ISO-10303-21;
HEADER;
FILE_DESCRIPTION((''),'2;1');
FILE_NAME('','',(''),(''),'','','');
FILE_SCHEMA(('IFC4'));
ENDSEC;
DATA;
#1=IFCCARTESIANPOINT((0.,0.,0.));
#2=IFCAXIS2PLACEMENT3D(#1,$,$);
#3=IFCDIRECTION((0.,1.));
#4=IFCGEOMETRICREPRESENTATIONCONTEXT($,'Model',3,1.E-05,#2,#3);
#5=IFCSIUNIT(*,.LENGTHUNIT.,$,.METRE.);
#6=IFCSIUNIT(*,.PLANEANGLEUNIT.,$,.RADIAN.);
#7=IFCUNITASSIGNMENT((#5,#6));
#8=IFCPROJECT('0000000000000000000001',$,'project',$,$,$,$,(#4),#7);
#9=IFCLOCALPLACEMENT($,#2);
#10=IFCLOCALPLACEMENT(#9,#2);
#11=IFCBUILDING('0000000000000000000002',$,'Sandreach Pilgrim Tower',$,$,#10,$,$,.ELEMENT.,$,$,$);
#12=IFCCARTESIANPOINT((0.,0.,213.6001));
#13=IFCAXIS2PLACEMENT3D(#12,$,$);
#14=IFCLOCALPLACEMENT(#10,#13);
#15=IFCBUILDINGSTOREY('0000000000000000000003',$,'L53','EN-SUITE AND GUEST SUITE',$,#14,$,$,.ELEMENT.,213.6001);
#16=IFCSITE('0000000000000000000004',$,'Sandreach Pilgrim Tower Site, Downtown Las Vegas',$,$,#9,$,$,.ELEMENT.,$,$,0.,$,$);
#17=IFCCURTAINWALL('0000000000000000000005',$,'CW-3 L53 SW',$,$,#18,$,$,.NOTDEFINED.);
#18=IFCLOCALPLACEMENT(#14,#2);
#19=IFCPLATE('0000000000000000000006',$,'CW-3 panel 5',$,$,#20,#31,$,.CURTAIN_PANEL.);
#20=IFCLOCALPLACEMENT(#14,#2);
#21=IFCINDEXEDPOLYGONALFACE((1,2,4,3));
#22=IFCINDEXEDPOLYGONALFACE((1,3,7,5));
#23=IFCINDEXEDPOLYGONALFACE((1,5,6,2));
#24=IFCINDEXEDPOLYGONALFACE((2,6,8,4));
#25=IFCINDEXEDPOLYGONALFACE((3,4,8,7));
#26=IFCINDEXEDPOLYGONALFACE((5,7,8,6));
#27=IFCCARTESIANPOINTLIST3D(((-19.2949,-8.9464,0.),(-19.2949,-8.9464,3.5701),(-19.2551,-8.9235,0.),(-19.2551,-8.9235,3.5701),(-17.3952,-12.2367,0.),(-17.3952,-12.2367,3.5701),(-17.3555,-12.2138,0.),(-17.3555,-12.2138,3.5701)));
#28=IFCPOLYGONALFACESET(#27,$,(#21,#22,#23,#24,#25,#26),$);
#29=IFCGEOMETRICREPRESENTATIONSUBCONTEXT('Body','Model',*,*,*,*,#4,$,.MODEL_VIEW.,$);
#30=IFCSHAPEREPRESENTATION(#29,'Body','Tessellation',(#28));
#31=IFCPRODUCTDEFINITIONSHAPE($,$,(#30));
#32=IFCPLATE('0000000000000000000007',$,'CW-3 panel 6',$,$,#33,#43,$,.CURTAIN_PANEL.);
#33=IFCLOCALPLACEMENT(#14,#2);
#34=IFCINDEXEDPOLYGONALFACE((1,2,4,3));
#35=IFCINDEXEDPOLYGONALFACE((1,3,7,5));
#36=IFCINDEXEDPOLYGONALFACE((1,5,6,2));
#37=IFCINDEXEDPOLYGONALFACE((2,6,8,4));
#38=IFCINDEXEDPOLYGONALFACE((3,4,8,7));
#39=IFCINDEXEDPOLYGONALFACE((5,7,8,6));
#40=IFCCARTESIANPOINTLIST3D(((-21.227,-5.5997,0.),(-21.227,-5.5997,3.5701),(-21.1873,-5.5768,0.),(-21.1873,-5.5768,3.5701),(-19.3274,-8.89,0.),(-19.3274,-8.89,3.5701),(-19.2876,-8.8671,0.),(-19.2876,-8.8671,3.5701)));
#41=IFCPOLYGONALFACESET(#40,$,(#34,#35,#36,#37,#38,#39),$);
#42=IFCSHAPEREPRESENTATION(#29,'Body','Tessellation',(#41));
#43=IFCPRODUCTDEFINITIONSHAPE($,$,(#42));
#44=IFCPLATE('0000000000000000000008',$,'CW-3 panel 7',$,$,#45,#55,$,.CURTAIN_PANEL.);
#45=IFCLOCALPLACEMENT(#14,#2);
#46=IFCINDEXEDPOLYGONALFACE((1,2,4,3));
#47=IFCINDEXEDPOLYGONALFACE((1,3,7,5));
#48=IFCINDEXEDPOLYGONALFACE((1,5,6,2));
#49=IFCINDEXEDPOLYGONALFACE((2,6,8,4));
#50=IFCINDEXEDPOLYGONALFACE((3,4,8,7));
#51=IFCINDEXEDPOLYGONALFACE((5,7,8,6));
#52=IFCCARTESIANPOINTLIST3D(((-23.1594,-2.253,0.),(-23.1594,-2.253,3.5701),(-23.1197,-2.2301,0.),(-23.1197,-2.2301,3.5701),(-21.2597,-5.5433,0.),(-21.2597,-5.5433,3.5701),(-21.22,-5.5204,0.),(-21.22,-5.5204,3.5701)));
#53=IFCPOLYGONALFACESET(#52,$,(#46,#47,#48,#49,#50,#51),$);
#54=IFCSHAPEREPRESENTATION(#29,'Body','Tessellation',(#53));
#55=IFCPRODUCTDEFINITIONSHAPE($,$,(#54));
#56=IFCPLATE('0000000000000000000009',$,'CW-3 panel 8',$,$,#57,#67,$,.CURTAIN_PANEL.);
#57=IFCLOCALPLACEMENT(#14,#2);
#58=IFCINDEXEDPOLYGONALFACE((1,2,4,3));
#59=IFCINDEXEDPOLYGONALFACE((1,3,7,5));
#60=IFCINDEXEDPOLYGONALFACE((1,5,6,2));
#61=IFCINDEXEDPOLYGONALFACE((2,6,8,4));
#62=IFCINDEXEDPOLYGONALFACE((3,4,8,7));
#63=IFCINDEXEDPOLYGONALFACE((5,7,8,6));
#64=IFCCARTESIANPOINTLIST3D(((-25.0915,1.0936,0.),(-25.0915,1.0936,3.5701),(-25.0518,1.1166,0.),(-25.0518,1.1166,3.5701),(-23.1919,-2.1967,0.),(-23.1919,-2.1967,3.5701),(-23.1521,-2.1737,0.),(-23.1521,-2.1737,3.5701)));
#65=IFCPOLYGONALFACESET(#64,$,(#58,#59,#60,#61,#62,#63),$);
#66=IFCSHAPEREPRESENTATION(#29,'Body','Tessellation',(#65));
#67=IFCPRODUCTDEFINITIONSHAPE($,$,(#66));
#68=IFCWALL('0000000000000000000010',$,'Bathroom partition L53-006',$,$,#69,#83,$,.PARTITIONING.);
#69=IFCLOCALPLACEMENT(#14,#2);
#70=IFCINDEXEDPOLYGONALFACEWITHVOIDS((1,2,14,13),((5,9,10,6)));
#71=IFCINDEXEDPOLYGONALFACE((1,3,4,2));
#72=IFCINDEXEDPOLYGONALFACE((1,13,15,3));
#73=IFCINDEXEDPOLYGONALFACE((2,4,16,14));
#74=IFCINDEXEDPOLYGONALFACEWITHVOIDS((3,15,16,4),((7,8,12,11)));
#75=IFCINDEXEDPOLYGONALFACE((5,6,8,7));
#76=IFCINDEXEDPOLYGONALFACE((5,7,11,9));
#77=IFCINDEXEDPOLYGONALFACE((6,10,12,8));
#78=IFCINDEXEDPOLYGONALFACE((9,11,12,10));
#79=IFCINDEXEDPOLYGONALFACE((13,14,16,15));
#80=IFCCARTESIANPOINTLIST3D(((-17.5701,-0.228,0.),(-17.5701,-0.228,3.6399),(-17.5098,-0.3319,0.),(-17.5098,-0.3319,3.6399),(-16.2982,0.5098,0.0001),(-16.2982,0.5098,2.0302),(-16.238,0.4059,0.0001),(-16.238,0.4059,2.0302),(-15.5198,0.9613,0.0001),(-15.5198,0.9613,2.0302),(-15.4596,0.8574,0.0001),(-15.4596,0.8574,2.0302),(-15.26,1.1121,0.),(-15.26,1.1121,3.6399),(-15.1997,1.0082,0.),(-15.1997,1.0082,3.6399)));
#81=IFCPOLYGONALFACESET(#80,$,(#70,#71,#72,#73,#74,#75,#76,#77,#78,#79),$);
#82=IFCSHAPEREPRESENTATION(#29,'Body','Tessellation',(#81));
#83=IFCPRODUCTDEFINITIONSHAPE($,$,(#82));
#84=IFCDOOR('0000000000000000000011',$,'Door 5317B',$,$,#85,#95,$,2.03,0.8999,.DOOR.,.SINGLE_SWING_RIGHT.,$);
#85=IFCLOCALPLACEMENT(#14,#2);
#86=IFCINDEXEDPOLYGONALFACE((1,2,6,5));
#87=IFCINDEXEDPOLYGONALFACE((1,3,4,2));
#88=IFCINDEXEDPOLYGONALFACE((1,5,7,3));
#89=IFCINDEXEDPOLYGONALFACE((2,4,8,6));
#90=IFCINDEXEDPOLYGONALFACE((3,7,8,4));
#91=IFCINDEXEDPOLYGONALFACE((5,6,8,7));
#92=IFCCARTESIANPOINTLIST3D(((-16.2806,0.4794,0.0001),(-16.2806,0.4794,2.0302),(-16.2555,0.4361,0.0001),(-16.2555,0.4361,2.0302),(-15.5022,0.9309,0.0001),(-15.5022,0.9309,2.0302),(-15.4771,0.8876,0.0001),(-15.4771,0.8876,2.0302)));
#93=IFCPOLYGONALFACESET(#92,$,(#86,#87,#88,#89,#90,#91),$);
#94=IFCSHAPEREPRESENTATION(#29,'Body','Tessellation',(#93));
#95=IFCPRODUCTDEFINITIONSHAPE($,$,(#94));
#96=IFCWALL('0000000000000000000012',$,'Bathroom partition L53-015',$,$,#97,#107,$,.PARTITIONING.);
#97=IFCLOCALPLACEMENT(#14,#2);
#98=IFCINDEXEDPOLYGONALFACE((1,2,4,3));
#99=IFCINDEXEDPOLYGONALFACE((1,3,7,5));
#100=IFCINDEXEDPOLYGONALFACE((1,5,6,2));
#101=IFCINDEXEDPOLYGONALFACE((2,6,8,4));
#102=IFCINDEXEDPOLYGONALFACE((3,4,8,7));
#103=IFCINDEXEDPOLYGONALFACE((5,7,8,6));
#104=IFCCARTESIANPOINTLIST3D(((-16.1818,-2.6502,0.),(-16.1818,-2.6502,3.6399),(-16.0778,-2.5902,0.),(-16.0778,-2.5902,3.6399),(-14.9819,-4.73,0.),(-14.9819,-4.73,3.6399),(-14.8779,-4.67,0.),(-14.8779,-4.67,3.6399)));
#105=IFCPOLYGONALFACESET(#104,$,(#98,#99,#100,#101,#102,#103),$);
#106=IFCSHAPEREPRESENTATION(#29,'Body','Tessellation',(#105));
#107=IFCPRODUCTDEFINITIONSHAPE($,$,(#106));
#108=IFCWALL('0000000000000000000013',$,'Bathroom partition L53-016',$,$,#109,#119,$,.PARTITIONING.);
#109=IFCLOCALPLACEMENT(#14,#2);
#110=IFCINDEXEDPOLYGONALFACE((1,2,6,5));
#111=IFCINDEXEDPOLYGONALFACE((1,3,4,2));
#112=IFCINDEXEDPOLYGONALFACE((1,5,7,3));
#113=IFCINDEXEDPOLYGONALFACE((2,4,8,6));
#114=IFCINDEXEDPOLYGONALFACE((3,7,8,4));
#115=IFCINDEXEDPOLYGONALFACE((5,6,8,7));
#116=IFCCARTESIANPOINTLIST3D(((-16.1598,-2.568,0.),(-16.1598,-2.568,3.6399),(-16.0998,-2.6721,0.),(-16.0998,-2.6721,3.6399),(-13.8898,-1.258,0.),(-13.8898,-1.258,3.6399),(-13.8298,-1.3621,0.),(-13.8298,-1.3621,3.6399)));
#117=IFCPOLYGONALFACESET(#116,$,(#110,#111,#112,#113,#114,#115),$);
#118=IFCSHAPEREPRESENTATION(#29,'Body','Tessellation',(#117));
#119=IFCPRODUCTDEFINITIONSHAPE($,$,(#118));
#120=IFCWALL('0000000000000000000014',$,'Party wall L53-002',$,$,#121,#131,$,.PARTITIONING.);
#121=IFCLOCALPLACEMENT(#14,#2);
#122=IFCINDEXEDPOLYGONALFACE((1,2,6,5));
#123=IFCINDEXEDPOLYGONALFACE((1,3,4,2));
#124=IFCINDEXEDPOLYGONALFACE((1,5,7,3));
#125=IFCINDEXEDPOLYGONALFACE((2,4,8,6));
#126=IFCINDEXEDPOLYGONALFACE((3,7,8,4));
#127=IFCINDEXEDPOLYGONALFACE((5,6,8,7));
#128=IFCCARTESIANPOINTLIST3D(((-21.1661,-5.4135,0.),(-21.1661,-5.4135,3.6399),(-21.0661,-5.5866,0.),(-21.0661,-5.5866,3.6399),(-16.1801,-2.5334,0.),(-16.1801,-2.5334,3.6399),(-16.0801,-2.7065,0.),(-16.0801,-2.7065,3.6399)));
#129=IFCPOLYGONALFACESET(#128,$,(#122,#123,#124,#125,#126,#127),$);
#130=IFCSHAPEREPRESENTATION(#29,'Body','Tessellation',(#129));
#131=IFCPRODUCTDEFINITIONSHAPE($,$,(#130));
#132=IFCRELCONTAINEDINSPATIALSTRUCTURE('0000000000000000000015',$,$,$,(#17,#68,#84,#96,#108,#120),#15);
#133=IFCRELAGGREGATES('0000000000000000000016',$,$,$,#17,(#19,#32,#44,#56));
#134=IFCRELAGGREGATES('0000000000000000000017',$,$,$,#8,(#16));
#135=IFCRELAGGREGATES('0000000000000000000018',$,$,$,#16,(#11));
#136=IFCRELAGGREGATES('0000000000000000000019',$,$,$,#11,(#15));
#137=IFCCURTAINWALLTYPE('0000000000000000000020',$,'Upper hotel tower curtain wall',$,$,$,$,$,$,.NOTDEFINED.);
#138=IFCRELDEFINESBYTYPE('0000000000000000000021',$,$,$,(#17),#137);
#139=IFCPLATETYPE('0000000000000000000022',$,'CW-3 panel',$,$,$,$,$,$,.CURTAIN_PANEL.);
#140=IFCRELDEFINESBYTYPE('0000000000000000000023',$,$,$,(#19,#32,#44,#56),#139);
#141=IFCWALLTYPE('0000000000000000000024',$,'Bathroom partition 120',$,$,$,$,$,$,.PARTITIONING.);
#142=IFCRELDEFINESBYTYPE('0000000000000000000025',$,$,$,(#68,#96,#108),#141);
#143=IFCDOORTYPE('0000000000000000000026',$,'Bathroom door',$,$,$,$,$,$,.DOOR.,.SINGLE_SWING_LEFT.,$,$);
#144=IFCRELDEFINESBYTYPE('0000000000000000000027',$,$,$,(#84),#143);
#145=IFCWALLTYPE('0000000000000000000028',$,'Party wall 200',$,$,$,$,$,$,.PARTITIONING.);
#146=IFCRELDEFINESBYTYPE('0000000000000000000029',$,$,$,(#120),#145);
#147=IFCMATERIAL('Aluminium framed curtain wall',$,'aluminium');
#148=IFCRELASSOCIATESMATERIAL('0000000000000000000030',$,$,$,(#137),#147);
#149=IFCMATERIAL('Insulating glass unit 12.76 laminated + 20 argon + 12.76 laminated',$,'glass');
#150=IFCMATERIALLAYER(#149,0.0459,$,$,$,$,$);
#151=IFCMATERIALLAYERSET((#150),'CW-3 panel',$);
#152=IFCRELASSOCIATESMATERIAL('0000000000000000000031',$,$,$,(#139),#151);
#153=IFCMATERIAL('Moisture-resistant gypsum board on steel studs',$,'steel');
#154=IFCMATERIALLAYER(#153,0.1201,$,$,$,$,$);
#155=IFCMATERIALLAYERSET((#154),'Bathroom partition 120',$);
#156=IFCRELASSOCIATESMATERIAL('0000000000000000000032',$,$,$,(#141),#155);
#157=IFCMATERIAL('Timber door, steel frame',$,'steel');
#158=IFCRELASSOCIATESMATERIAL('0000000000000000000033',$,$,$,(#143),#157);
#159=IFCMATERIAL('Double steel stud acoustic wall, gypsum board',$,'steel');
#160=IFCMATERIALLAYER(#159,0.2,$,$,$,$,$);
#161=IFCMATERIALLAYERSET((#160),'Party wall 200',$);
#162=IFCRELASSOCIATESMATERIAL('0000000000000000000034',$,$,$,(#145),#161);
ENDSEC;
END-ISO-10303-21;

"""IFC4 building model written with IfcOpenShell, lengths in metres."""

from ifc_helpers import new_model, si_unit, direction, frame, frame_2d, origin, origin_2d, place, context, subcontext, project, spatial, rectangle, extrude, material, layer, layer_set, type_object, element, fill, aggregate, save


model = new_model("IFC4")

# Units and contexts
model_context = context("Model", 3, precision=1e-05, world=origin(), true_north=direction((0.0, 1.0)))
body_context = subcontext(model_context, "Body", "Model", "MODEL_VIEW")
ifc_project = project(units=[si_unit("LENGTHUNIT", "METRE"), si_unit("PLANEANGLEUNIT", "RADIAN")], contexts=[model_context])

# Site, building, storey
site_placement = place(None, origin())
site = spatial("IfcSite", under=ifc_project, at=site_placement, Name="Sandreach Pilgrim Tower Site, Downtown Las Vegas", CompositionType="ELEMENT", RefElevation=0.0)
building_placement = place(site_placement, origin())
building = spatial("IfcBuilding", under=site, at=building_placement, Name="Sandreach Pilgrim Tower", CompositionType="ELEMENT")
storey_placement = place(building_placement, frame((0.0, 0.0, 213.6001)))
storey = spatial("IfcBuildingStorey", under=building, at=storey_placement, Name="L53", Description="EN-SUITE AND GUEST SUITE", CompositionType="ELEMENT", Elevation=213.6001)

# Curtain wall
ifc_material_1 = material(Name="Aluminium framed curtain wall", Category="aluminium")
curtain_wall_type = type_object("IfcCurtainWallType", Name="Upper hotel tower curtain wall", PredefinedType="NOTDEFINED", material=ifc_material_1)
curtain_wall_placement = place(storey_placement, origin())
curtain_wall = element("IfcCurtainWall", 1, at=curtain_wall_placement, inside=storey, type_object=curtain_wall_type, Name="CW-3 L53 SW", PredefinedType="NOTDEFINED")

# Plates
ifc_material_2 = material(Name="Insulating glass unit 12.76 laminated + 20 argon + 12.76 laminated", Category="glass")
ifc_layer_1 = layer(ifc_material_2, 0.0459)
ifc_layer_set_1 = layer_set([ifc_layer_1], Name="CW-3 panel")
plate_type = type_object("IfcPlateType", Name="CW-3 panel", PredefinedType="CURTAIN_PANEL", material=ifc_layer_set_1)
plate_1_placement = place(storey_placement, frame((-18.3252, -10.5801, 0.0), z_axis=(0.0, 0.0, 1.0), x_axis=(-0.5, 0.866025, 0.0)))
plate_1 = element("IfcPlate", 2, at=plate_1_placement, type_object=plate_type, Name="CW-3 panel 5", PredefinedType="CURTAIN_PANEL", context=body_context, shape_type="SweptSolid", body=[
    extrude(rectangle(XDim=3.7993, YDim=0.0459, at=origin_2d()), origin(), (0.0, 0.0, 1.0), 3.5701),
])
plate_2_placement = place(storey_placement, frame((-20.2573, -7.2334, 0.0), z_axis=(0.0, 0.0, 1.0), x_axis=(-0.5, 0.866025, 0.0)))
plate_2 = element("IfcPlate", 3, at=plate_2_placement, type_object=plate_type, Name="CW-3 panel 6", PredefinedType="CURTAIN_PANEL", context=body_context, shape_type="SweptSolid", body=[
    extrude(rectangle(XDim=3.7993, YDim=0.0459, at=origin_2d()), origin(), (0.0, 0.0, 1.0), 3.5701),
])
plate_3_placement = place(storey_placement, frame((-22.1897, -3.8867, 0.0), z_axis=(0.0, 0.0, 1.0), x_axis=(-0.5, 0.866025, 0.0)))
plate_3 = element("IfcPlate", 4, at=plate_3_placement, type_object=plate_type, Name="CW-3 panel 7", PredefinedType="CURTAIN_PANEL", context=body_context, shape_type="SweptSolid", body=[
    extrude(rectangle(XDim=3.7993, YDim=0.0459, at=origin_2d()), origin(), (0.0, 0.0, 1.0), 3.5701),
])
plate_4_placement = place(storey_placement, frame((-24.1218, -0.54, 0.0), z_axis=(0.0, 0.0, 1.0), x_axis=(-0.5, 0.866025, 0.0)))
plate_4 = element("IfcPlate", 5, at=plate_4_placement, type_object=plate_type, Name="CW-3 panel 8", PredefinedType="CURTAIN_PANEL", context=body_context, shape_type="SweptSolid", body=[
    extrude(rectangle(XDim=3.7993, YDim=0.0459, at=origin_2d()), origin(), (0.0, 0.0, 1.0), 3.5701),
])
aggregate(curtain_wall, [plate_1, plate_2, plate_3, plate_4])

# Wall, opening, door
ifc_material_3 = material(Name="Moisture-resistant gypsum board on steel studs", Category="steel")
ifc_layer_2 = layer(ifc_material_3, 0.1201)
ifc_layer_set_2 = layer_set([ifc_layer_2], Name="Bathroom partition 120")
wall_type_1 = type_object("IfcWallType", Name="Bathroom partition 120", PredefinedType="PARTITIONING", material=ifc_layer_set_2)
wall_1_placement = place(storey_placement, frame((-17.54, -0.28, 0.0), z_axis=(0.0, 0.0, 1.0), x_axis=(0.86499, 0.501789, 0.0)))
wall_1 = element("IfcWall", 6, at=wall_1_placement, inside=storey, type_object=wall_type_1, Name="Bathroom partition L53-006", PredefinedType="PARTITIONING", context=body_context, shape_type="SweptSolid", body=[
    extrude(rectangle(XDim=2.6707, YDim=0.1201, at=frame_2d((1.3354, 0.0))), origin(), (0.0, 0.0, 1.0), 3.6399),
])
opening_placement = place(wall_1_placement, frame((1.4705, 0.0, 0.0)))
opening = element("IfcOpeningElement", 7, at=opening_placement, cuts=wall_1, PredefinedType="OPENING", context=body_context, shape_type="SweptSolid", body=[
    extrude(rectangle(XDim=0.8999, YDim=2.03, at=frame_2d((0.45, 1.0151))), frame((0.0, 0.0601, 0.0), z_axis=(0.0, -1.0, 0.0), x_axis=(1.0, 0.0, 0.0)), (0.0, 0.0, 1.0), 0.1201),
])
ifc_material_4 = material(Name="Timber door, steel frame", Category="steel")
door_type = type_object("IfcDoorType", Name="Bathroom door", OperationType="SINGLE_SWING_LEFT", PredefinedType="DOOR", material=ifc_material_4)
door_placement = place(opening_placement, origin())
door = element("IfcDoor", 8, at=door_placement, inside=storey, type_object=door_type, Name="Door 5317B", OperationType="SINGLE_SWING_RIGHT", OverallHeight=2.03, OverallWidth=0.8999, PredefinedType="DOOR", context=body_context, shape_type="SweptSolid", body=[
    extrude(rectangle(XDim=0.8999, YDim=2.03, at=frame_2d((0.45, 1.0151))), frame((0.0, 0.0249, 0.0), z_axis=(0.0, -1.0, 0.0), x_axis=(1.0, 0.0, 0.0)), (0.0, 0.0, 1.0), 0.05),
])
fill(opening, door)

# Walls
wall_2_placement = place(storey_placement, frame((-16.1299, -2.6201, 0.0), z_axis=(0.0, 0.0, 1.0), x_axis=(0.499737, -0.866177, 0.0)))
element("IfcWall", 9, at=wall_2_placement, inside=storey, type_object=wall_type_1, Name="Bathroom partition L53-015", PredefinedType="PARTITIONING", context=body_context, shape_type="SweptSolid", body=[
    extrude(rectangle(XDim=2.4011, YDim=0.1201, at=frame_2d((1.2007, 0.0))), origin(), (0.0, 0.0, 1.0), 3.6399),
])
wall_3_placement = place(storey_placement, frame((-16.1299, -2.6201, 0.0), z_axis=(0.0, 0.0, 1.0), x_axis=(0.866114, 0.499846, 0.0)))
element("IfcWall", 10, at=wall_3_placement, inside=storey, type_object=wall_type_1, Name="Bathroom partition L53-016", PredefinedType="PARTITIONING", context=body_context, shape_type="SweptSolid", body=[
    extrude(rectangle(XDim=2.6208, YDim=0.1201, at=frame_2d((1.3105, 0.0))), origin(), (0.0, 0.0, 1.0), 3.6399),
])
ifc_material_5 = material(Name="Double steel stud acoustic wall, gypsum board", Category="steel")
ifc_layer_3 = layer(ifc_material_5, 0.2)
ifc_layer_set_3 = layer_set([ifc_layer_3], Name="Party wall 200")
wall_type_2 = type_object("IfcWallType", Name="Party wall 200", PredefinedType="PARTITIONING", material=ifc_layer_set_3)
wall_4_placement = place(storey_placement, frame((-21.116, -5.5, 0.0), z_axis=(0.0, 0.0, 1.0), x_axis=(0.865919, 0.500184, 0.0)))
element("IfcWall", 11, at=wall_4_placement, inside=storey, type_object=wall_type_2, Name="Party wall L53-002", PredefinedType="PARTITIONING", context=body_context, shape_type="SweptSolid", body=[
    extrude(rectangle(XDim=5.7581, YDim=0.2, at=frame_2d((2.8789, 0.0))), origin(), (0.0, 0.0, 1.0), 3.6399),
])

save(model, "model.ifc")
